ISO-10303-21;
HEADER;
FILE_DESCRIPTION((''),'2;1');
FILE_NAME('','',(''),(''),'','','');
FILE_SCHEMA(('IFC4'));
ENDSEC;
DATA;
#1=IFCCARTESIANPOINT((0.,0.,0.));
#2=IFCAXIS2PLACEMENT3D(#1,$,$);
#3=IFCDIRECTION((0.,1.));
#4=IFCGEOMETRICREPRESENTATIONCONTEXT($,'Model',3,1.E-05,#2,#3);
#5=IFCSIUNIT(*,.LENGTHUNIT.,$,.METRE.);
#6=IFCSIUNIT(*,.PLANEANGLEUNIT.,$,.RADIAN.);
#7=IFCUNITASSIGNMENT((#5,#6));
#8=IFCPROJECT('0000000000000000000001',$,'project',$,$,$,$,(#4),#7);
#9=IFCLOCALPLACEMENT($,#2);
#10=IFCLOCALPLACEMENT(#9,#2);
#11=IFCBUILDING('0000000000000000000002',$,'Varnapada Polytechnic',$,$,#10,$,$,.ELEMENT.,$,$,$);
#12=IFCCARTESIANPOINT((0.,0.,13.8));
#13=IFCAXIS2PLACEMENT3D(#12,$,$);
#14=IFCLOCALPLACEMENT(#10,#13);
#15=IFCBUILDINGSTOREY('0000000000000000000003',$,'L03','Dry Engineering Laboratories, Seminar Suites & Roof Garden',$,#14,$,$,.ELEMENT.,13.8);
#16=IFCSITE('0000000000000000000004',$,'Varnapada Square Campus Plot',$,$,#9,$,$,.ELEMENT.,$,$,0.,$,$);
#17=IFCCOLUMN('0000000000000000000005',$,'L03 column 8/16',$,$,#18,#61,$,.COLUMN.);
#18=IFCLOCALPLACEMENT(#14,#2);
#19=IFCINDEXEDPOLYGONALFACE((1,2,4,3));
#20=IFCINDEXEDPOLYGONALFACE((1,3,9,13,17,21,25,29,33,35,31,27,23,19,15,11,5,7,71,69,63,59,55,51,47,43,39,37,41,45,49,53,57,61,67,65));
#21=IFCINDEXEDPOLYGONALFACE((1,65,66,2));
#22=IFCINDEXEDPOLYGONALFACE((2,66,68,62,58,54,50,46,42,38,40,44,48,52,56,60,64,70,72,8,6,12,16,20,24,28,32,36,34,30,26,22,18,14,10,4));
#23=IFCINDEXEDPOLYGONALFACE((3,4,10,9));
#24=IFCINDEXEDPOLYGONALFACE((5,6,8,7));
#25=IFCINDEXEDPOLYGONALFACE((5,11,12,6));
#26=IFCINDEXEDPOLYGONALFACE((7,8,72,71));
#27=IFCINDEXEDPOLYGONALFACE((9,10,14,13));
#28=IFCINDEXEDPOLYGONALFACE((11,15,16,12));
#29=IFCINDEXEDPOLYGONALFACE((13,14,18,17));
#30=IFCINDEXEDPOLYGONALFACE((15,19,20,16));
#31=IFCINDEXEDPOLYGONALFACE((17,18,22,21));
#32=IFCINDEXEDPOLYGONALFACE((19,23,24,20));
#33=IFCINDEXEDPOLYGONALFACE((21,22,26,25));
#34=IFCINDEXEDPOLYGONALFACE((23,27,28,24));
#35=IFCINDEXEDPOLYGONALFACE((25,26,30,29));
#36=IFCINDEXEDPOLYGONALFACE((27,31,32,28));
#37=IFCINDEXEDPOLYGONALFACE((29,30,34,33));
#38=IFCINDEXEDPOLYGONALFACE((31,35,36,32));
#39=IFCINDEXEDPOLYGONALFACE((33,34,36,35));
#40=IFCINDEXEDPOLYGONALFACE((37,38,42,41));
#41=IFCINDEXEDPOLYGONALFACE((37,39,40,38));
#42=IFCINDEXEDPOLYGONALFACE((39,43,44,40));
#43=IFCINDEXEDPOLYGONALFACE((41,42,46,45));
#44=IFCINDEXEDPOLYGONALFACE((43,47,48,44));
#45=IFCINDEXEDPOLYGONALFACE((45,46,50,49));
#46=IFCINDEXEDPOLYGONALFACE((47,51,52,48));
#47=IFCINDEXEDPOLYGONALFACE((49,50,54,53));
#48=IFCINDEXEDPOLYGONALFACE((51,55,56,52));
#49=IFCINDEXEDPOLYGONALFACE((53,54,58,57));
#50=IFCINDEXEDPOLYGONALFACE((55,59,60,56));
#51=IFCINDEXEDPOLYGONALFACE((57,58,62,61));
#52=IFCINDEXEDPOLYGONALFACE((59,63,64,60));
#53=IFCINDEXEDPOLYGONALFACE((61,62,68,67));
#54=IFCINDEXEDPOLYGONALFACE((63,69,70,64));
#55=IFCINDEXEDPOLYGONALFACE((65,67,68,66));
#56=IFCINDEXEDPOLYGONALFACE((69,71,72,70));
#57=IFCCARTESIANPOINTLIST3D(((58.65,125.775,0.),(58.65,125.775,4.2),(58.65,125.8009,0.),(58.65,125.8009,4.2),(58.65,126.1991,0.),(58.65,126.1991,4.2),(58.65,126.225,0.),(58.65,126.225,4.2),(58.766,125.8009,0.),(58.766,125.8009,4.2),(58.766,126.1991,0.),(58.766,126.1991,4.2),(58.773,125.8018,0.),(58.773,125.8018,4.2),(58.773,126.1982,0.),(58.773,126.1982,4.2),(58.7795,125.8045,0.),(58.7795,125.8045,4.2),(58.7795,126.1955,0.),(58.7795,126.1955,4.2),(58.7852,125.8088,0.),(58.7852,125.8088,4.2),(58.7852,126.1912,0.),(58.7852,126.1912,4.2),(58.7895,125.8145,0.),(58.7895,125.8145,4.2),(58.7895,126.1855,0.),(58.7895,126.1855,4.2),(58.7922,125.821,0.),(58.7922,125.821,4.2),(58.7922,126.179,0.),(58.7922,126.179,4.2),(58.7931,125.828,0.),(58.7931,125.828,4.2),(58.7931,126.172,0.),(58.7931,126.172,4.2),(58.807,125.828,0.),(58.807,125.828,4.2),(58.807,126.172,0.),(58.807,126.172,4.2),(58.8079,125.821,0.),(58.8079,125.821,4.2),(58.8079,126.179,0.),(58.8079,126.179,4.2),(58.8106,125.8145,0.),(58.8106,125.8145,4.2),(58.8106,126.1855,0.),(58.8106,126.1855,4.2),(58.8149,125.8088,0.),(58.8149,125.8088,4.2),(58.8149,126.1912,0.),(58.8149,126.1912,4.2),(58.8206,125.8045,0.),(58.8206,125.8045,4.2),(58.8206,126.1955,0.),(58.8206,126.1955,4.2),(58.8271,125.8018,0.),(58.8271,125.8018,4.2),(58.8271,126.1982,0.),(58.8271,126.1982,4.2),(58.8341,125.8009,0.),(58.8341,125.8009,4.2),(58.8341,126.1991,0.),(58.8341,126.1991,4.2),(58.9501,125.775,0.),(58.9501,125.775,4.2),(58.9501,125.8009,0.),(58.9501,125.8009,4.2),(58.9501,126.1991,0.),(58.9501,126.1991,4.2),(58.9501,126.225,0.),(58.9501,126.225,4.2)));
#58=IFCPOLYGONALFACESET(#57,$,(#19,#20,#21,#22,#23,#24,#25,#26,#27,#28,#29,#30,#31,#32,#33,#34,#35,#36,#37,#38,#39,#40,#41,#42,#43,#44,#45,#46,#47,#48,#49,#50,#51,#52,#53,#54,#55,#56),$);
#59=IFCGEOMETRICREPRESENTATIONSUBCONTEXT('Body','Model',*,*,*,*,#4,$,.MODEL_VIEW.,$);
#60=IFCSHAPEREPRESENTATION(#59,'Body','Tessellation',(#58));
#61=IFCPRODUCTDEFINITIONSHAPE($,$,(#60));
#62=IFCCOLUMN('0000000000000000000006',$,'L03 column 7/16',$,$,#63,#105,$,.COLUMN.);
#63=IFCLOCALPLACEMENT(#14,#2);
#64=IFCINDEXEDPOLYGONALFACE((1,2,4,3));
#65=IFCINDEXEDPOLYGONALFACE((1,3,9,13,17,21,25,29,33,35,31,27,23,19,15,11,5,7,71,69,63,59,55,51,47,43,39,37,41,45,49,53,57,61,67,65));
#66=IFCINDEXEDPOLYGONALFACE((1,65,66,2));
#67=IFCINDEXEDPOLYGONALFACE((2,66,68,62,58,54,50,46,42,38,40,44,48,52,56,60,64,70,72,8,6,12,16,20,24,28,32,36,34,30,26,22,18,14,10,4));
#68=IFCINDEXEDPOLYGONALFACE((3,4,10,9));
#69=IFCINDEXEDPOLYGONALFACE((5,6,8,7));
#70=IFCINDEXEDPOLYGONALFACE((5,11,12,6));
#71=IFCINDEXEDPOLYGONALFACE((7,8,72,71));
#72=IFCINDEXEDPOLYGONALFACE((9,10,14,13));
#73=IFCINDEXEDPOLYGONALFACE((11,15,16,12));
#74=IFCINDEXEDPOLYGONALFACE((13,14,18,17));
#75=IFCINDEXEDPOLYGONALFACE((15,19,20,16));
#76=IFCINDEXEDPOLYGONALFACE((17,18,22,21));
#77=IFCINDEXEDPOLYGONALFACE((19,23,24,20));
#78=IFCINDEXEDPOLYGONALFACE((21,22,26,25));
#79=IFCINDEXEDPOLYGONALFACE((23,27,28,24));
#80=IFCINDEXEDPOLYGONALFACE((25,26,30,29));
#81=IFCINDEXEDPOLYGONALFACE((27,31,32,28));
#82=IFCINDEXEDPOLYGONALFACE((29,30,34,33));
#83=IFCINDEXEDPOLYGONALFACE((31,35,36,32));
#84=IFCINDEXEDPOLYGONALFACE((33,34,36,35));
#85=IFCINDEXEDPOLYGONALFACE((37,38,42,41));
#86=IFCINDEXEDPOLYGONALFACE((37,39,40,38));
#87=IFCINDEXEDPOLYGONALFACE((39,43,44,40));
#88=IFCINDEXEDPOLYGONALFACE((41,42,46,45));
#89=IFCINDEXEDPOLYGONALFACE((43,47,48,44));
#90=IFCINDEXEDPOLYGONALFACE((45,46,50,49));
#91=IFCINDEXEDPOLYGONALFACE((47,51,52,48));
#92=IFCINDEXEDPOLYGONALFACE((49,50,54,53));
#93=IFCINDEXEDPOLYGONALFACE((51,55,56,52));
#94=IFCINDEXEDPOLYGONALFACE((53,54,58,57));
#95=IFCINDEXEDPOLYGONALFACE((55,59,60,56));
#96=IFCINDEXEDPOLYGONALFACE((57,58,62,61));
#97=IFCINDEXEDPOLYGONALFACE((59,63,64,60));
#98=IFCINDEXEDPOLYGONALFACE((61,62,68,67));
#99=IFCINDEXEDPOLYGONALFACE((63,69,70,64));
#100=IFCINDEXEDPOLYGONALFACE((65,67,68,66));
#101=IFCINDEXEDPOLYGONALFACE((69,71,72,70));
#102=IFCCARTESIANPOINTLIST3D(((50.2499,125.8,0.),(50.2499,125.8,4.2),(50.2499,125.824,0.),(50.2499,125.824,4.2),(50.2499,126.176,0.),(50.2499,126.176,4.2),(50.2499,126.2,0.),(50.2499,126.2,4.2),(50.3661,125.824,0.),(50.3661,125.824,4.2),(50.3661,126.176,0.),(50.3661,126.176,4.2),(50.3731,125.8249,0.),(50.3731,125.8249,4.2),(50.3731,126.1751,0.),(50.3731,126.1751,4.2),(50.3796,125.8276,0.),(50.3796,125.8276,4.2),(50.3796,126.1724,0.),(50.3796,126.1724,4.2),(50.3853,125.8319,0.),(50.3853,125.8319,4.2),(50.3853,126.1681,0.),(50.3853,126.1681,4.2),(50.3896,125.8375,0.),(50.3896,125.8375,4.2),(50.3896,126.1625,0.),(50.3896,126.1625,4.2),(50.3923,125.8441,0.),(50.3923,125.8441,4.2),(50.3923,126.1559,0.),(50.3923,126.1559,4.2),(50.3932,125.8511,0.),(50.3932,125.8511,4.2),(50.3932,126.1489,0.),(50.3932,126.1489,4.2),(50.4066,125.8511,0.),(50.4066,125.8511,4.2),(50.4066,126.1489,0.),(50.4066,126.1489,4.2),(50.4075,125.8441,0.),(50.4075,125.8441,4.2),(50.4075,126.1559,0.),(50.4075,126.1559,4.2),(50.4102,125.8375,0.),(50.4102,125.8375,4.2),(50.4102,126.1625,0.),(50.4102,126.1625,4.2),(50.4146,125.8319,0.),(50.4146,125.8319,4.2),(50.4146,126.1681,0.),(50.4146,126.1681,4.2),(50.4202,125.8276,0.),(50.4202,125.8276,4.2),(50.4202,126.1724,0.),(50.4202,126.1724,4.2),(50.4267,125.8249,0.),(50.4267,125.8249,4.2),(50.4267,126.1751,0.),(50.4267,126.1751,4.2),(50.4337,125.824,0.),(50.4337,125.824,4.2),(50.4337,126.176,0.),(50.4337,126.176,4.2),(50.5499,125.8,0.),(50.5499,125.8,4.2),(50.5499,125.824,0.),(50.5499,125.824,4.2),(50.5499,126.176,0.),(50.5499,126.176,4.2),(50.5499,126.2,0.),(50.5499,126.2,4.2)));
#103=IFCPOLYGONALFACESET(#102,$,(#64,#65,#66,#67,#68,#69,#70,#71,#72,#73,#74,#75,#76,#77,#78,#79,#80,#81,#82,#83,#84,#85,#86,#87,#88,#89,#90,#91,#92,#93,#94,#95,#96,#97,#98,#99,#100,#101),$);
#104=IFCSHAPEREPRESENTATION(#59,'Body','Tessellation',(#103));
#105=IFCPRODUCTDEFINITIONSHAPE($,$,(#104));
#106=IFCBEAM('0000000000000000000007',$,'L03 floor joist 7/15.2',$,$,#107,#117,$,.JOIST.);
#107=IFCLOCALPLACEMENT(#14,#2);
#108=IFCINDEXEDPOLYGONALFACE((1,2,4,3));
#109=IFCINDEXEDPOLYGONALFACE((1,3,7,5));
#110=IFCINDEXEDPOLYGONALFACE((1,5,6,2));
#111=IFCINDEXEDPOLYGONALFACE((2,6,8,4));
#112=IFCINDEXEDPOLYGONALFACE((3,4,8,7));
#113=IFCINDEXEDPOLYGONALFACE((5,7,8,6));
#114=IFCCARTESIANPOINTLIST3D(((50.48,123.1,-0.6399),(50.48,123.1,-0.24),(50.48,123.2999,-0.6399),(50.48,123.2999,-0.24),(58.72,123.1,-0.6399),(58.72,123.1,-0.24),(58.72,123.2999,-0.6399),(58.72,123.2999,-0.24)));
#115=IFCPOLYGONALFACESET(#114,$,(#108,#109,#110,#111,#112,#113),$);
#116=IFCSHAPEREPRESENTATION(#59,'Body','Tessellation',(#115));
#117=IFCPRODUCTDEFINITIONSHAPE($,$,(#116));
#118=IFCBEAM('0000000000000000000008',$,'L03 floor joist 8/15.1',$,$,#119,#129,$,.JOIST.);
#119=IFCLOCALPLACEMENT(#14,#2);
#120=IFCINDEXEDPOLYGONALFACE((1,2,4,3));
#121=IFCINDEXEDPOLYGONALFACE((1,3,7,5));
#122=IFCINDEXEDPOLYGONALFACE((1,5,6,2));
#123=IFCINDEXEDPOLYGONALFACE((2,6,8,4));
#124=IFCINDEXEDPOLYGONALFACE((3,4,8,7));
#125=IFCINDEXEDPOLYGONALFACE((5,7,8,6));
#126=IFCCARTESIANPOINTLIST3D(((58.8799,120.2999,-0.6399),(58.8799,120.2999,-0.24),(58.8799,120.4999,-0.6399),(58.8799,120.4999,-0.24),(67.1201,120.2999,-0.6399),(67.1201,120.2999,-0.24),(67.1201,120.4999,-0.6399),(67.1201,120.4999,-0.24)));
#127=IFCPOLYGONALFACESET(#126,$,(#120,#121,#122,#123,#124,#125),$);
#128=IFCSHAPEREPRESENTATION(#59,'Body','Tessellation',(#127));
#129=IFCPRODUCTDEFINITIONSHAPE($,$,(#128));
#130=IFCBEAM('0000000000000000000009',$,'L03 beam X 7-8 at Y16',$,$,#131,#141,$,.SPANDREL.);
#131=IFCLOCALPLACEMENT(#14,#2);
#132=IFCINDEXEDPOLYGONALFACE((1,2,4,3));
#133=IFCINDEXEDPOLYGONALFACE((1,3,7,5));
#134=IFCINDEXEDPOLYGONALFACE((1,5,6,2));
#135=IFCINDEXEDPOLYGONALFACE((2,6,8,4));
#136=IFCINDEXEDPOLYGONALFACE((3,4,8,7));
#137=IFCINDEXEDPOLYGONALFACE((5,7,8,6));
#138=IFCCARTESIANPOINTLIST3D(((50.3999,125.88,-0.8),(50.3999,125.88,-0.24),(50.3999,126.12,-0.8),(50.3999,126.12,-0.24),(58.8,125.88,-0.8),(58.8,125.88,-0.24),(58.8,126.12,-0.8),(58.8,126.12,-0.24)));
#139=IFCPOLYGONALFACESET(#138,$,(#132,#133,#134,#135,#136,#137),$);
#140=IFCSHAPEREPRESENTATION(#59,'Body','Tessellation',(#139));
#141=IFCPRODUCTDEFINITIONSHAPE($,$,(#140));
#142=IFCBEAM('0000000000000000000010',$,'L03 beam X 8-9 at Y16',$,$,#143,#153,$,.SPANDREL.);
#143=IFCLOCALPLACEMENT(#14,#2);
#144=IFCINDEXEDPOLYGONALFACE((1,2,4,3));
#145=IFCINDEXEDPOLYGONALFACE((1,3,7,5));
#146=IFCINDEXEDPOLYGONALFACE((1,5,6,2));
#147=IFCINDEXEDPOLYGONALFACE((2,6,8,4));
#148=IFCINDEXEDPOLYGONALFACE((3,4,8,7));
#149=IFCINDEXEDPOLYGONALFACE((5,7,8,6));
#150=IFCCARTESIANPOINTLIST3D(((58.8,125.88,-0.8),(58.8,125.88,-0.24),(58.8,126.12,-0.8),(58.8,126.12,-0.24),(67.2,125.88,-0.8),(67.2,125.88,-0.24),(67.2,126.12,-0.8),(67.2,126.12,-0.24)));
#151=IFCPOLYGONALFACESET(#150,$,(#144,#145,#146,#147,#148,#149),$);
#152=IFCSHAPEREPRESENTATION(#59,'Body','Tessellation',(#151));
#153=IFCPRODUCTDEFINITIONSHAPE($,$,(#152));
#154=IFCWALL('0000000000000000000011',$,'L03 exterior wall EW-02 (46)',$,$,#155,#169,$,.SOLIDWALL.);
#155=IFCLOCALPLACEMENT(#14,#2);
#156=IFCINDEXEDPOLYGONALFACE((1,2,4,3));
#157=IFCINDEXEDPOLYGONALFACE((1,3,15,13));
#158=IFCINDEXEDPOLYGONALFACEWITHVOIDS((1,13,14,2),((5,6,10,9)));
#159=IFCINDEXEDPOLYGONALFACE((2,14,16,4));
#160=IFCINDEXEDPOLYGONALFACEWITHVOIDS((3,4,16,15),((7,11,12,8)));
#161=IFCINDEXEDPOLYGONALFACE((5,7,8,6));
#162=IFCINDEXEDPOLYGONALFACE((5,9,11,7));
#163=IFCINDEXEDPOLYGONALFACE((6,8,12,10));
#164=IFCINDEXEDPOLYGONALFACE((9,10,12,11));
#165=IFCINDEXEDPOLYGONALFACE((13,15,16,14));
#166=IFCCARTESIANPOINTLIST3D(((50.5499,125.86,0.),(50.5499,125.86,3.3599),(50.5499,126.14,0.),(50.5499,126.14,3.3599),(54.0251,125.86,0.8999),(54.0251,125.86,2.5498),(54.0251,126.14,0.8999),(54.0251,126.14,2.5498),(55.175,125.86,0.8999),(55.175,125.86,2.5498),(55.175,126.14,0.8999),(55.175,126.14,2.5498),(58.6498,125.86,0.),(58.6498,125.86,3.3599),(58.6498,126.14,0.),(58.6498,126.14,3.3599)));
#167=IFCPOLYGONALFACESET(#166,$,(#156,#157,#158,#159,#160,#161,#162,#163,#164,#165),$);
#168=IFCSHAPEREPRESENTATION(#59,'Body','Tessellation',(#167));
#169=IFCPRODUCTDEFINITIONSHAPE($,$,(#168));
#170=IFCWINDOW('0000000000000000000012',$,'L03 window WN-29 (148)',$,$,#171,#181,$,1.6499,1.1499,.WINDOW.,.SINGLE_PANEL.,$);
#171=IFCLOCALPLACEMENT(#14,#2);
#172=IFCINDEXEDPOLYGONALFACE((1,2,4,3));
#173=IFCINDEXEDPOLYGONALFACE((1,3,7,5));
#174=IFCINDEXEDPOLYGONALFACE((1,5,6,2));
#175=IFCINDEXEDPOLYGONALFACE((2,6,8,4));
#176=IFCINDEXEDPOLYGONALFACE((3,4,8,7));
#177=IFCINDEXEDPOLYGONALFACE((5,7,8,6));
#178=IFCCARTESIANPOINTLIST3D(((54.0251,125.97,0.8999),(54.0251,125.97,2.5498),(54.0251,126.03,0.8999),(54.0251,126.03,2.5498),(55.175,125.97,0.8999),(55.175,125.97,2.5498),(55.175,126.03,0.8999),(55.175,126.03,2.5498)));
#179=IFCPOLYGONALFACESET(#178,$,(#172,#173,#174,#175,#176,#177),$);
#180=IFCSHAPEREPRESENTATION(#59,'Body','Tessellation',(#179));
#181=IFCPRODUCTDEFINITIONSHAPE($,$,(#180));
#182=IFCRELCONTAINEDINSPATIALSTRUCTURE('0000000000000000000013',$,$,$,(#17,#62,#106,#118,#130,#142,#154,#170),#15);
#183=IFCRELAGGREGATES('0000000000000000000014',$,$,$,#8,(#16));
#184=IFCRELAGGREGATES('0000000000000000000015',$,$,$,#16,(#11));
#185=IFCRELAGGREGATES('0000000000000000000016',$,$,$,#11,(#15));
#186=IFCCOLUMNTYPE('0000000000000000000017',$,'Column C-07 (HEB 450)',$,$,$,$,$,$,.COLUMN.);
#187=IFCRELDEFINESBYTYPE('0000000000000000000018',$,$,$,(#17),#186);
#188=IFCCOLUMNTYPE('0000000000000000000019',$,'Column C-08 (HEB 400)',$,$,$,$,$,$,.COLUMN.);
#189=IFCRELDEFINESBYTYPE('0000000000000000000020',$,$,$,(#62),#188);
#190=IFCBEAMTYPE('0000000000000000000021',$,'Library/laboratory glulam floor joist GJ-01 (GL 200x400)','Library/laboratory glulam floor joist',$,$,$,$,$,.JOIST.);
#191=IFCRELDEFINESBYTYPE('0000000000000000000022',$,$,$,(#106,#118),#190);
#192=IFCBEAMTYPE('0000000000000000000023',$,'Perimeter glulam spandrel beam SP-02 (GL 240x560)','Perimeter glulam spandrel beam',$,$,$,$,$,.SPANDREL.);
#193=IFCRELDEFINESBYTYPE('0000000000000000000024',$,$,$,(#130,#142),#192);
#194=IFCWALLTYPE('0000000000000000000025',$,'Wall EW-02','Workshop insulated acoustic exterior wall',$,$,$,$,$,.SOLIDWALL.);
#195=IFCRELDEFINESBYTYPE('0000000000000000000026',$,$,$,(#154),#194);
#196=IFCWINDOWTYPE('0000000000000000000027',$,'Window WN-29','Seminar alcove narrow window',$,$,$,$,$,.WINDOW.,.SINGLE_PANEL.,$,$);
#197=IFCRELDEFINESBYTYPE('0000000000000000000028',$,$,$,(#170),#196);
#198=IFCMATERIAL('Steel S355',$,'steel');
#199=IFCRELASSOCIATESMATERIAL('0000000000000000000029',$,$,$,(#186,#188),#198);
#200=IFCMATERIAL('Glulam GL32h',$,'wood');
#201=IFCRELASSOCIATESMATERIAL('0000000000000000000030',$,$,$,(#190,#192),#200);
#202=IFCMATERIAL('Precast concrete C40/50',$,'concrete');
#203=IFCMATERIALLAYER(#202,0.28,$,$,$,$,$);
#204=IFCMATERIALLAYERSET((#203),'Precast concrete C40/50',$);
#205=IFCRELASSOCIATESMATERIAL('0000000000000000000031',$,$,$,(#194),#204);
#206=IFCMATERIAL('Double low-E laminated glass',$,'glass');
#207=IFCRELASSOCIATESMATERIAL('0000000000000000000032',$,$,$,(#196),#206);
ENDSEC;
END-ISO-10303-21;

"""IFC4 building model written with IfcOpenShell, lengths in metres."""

from ifc_helpers import new_model, si_unit, direction, frame, frame_2d, origin, origin_2d, place, context, subcontext, project, spatial, rectangle, i_section, extrude, material, layer, layer_set, material_profile, profile_set, type_object, element, fill, save


model = new_model("IFC4")

# Units and contexts
model_context = context("Model", 3, precision=1e-05, world=origin(), true_north=direction((0.0, 1.0)))
body_context = subcontext(model_context, "Body", "Model", "MODEL_VIEW")
ifc_project = project(units=[si_unit("LENGTHUNIT", "METRE"), si_unit("PLANEANGLEUNIT", "RADIAN")], contexts=[model_context])

# Site, building, storey
site_placement = place(None, origin())
site = spatial("IfcSite", under=ifc_project, at=site_placement, Name="Varnapada Square Campus Plot", CompositionType="ELEMENT", RefElevation=0.0)
building_placement = place(site_placement, origin())
building = spatial("IfcBuilding", under=site, at=building_placement, Name="Varnapada Polytechnic", CompositionType="ELEMENT")
storey_placement = place(building_placement, frame((0.0, 0.0, 13.8)))
storey = spatial("IfcBuildingStorey", under=building, at=storey_placement, Name="L03", Description="Dry Engineering Laboratories, Seminar Suites & Roof Garden", CompositionType="ELEMENT", Elevation=13.8)

# Columns
ifc_material_1 = material(Name="Steel S355", Category="steel")
ifc_material_profile_1 = material_profile(ifc_material_1, i_section(OverallWidth=0.3, OverallDepth=0.45, WebThickness=0.0139, FlangeThickness=0.0259, FilletRadius=0.0271, at=origin_2d()), Name="HEB 450")
ifc_profile_set_1 = profile_set([ifc_material_profile_1], Name="Steel S355")
column_type_1 = type_object("IfcColumnType", Name="Column C-07 (HEB 450)", PredefinedType="COLUMN", material=ifc_profile_set_1)
column_1_placement = place(storey_placement, frame((58.8, 126.0, 0.0), z_axis=(0.0, 0.0, 1.0), x_axis=(1.0, 0.0, 0.0)))
element("IfcColumn", 1, at=column_1_placement, inside=storey, type_object=column_type_1, Name="L03 column 8/16", PredefinedType="COLUMN", context=body_context, shape_type="SweptSolid", body=[
    extrude(i_section(OverallWidth=0.3, OverallDepth=0.45, WebThickness=0.0139, FlangeThickness=0.0259, FilletRadius=0.0271, at=origin_2d()), origin(), (0.0, 0.0, 1.0), 4.2),
])
ifc_material_profile_2 = material_profile(ifc_material_1, i_section(OverallWidth=0.3, OverallDepth=0.3999, WebThickness=0.0134, FlangeThickness=0.0239, FilletRadius=0.0271, at=origin_2d()), Name="HEB 400")
ifc_profile_set_2 = profile_set([ifc_material_profile_2], Name="Steel S355")
column_type_2 = type_object("IfcColumnType", Name="Column C-08 (HEB 400)", PredefinedType="COLUMN", material=ifc_profile_set_2)
column_2_placement = place(storey_placement, frame((50.3999, 126.0, 0.0), z_axis=(0.0, 0.0, 1.0), x_axis=(1.0, 0.0, 0.0)))
element("IfcColumn", 2, at=column_2_placement, inside=storey, type_object=column_type_2, Name="L03 column 7/16", PredefinedType="COLUMN", context=body_context, shape_type="SweptSolid", body=[
    extrude(i_section(OverallWidth=0.3, OverallDepth=0.3999, WebThickness=0.0134, FlangeThickness=0.0239, FilletRadius=0.0271, at=origin_2d()), origin(), (0.0, 0.0, 1.0), 4.2),
])

# Beams
ifc_material_2 = material(Name="Glulam GL32h", Category="wood")
ifc_material_profile_3 = material_profile(ifc_material_2, rectangle(XDim=0.2, YDim=0.3999, at=origin_2d()), Name="GL 200x400")
ifc_profile_set_3 = profile_set([ifc_material_profile_3], Name="Glulam GL32h")
beam_type_1 = type_object("IfcBeamType", Name="Library/laboratory glulam floor joist GJ-01 (GL 200x400)", Description="Library/laboratory glulam floor joist", PredefinedType="JOIST", material=ifc_profile_set_3)
beam_1_placement = place(storey_placement, frame((50.48, 123.2, -0.4399), z_axis=(1.0, 0.0, 0.0), x_axis=(0.0, 1.0, 0.0)))
element("IfcBeam", 3, at=beam_1_placement, inside=storey, type_object=beam_type_1, Name="L03 floor joist 7/15.2", PredefinedType="JOIST", context=body_context, shape_type="SweptSolid", body=[
    extrude(rectangle(XDim=0.2, YDim=0.3999, at=origin_2d()), origin(), (0.0, 0.0, 1.0), 8.24),
])
beam_2_placement = place(storey_placement, frame((58.8799, 120.3999, -0.4399), z_axis=(1.0, 0.0, 0.0), x_axis=(0.0, 1.0, 0.0)))
element("IfcBeam", 4, at=beam_2_placement, inside=storey, type_object=beam_type_1, Name="L03 floor joist 8/15.1", PredefinedType="JOIST", context=body_context, shape_type="SweptSolid", body=[
    extrude(rectangle(XDim=0.2, YDim=0.3999, at=origin_2d()), origin(), (0.0, 0.0, 1.0), 8.2402),
])
ifc_material_profile_4 = material_profile(ifc_material_2, rectangle(XDim=0.24, YDim=0.5601, at=origin_2d()), Name="GL 240x560")
ifc_profile_set_4 = profile_set([ifc_material_profile_4], Name="Glulam GL32h")
beam_type_2 = type_object("IfcBeamType", Name="Perimeter glulam spandrel beam SP-02 (GL 240x560)", Description="Perimeter glulam spandrel beam", PredefinedType="SPANDREL", material=ifc_profile_set_4)
beam_3_placement = place(storey_placement, frame((50.3999, 126.0, -0.52), z_axis=(1.0, 0.0, 0.0), x_axis=(0.0, 1.0, 0.0)))
element("IfcBeam", 5, at=beam_3_placement, inside=storey, type_object=beam_type_2, Name="L03 beam X 7-8 at Y16", PredefinedType="SPANDREL", context=body_context, shape_type="SweptSolid", body=[
    extrude(rectangle(XDim=0.24, YDim=0.5601, at=origin_2d()), origin(), (0.0, 0.0, 1.0), 8.4001),
])
beam_4_placement = place(storey_placement, frame((58.8, 126.0, -0.52), z_axis=(1.0, 0.0, 0.0), x_axis=(0.0, 1.0, 0.0)))
element("IfcBeam", 6, at=beam_4_placement, inside=storey, type_object=beam_type_2, Name="L03 beam X 8-9 at Y16", PredefinedType="SPANDREL", context=body_context, shape_type="SweptSolid", body=[
    extrude(rectangle(XDim=0.24, YDim=0.5601, at=origin_2d()), origin(), (0.0, 0.0, 1.0), 8.3999),
])

# Wall, opening, window
ifc_material_3 = material(Name="Precast concrete C40/50", Category="concrete")
ifc_layer_1 = layer(ifc_material_3, 0.28)
ifc_layer_set_1 = layer_set([ifc_layer_1], Name="Precast concrete C40/50")
wall_type = type_object("IfcWallType", Name="Wall EW-02", Description="Workshop insulated acoustic exterior wall", PredefinedType="SOLIDWALL", material=ifc_layer_set_1)
wall_placement = place(storey_placement, frame((50.55, 126.0, 0.0), z_axis=(0.0, 0.0, 1.0), x_axis=(1.0, 0.0, 0.0)))
wall = element("IfcWall", 7, at=wall_placement, inside=storey, type_object=wall_type, Name="L03 exterior wall EW-02 (46)", PredefinedType="SOLIDWALL", context=body_context, shape_type="SweptSolid", body=[
    extrude(rectangle(XDim=8.0999, YDim=0.28, at=frame_2d((4.0498, 0.0))), origin(), (0.0, 0.0, 1.0), 3.3599),
])
opening_1_placement = place(wall_placement, frame((3.4751, 0.0, 0.8999)))
opening_1 = element("IfcOpeningElement", 8, at=opening_1_placement, cuts=wall, PredefinedType="OPENING", context=body_context, shape_type="SweptSolid", body=[
    extrude(rectangle(XDim=1.1499, YDim=1.6499, at=frame_2d((0.575, 0.825))), frame((0.0, 0.1499, 0.0), z_axis=(0.0, -1.0, 0.0), x_axis=(1.0, 0.0, 0.0)), (0.0, 0.0, 1.0), 0.3),
])
ifc_material_4 = material(Name="Double low-E laminated glass", Category="glass")
window_type = type_object("IfcWindowType", Name="Window WN-29", Description="Seminar alcove narrow window", PartitioningType="SINGLE_PANEL", PredefinedType="WINDOW", material=ifc_material_4)
window_placement = place(opening_1_placement, origin())
window = element("IfcWindow", 9, at=window_placement, inside=storey, type_object=window_type, Name="L03 window WN-29 (148)", OverallHeight=1.6499, OverallWidth=1.1499, PartitioningType="SINGLE_PANEL", PredefinedType="WINDOW", context=body_context, shape_type="SweptSolid", body=[
    extrude(rectangle(XDim=1.1499, YDim=1.6499, at=frame_2d((0.575, 0.825))), frame((0.0, 0.03, 0.0), z_axis=(0.0, -1.0, 0.0), x_axis=(1.0, 0.0, 0.0)), (0.0, 0.0, 1.0), 0.0601),
])
fill(opening_1, window)

save(model, "model.ifc")
